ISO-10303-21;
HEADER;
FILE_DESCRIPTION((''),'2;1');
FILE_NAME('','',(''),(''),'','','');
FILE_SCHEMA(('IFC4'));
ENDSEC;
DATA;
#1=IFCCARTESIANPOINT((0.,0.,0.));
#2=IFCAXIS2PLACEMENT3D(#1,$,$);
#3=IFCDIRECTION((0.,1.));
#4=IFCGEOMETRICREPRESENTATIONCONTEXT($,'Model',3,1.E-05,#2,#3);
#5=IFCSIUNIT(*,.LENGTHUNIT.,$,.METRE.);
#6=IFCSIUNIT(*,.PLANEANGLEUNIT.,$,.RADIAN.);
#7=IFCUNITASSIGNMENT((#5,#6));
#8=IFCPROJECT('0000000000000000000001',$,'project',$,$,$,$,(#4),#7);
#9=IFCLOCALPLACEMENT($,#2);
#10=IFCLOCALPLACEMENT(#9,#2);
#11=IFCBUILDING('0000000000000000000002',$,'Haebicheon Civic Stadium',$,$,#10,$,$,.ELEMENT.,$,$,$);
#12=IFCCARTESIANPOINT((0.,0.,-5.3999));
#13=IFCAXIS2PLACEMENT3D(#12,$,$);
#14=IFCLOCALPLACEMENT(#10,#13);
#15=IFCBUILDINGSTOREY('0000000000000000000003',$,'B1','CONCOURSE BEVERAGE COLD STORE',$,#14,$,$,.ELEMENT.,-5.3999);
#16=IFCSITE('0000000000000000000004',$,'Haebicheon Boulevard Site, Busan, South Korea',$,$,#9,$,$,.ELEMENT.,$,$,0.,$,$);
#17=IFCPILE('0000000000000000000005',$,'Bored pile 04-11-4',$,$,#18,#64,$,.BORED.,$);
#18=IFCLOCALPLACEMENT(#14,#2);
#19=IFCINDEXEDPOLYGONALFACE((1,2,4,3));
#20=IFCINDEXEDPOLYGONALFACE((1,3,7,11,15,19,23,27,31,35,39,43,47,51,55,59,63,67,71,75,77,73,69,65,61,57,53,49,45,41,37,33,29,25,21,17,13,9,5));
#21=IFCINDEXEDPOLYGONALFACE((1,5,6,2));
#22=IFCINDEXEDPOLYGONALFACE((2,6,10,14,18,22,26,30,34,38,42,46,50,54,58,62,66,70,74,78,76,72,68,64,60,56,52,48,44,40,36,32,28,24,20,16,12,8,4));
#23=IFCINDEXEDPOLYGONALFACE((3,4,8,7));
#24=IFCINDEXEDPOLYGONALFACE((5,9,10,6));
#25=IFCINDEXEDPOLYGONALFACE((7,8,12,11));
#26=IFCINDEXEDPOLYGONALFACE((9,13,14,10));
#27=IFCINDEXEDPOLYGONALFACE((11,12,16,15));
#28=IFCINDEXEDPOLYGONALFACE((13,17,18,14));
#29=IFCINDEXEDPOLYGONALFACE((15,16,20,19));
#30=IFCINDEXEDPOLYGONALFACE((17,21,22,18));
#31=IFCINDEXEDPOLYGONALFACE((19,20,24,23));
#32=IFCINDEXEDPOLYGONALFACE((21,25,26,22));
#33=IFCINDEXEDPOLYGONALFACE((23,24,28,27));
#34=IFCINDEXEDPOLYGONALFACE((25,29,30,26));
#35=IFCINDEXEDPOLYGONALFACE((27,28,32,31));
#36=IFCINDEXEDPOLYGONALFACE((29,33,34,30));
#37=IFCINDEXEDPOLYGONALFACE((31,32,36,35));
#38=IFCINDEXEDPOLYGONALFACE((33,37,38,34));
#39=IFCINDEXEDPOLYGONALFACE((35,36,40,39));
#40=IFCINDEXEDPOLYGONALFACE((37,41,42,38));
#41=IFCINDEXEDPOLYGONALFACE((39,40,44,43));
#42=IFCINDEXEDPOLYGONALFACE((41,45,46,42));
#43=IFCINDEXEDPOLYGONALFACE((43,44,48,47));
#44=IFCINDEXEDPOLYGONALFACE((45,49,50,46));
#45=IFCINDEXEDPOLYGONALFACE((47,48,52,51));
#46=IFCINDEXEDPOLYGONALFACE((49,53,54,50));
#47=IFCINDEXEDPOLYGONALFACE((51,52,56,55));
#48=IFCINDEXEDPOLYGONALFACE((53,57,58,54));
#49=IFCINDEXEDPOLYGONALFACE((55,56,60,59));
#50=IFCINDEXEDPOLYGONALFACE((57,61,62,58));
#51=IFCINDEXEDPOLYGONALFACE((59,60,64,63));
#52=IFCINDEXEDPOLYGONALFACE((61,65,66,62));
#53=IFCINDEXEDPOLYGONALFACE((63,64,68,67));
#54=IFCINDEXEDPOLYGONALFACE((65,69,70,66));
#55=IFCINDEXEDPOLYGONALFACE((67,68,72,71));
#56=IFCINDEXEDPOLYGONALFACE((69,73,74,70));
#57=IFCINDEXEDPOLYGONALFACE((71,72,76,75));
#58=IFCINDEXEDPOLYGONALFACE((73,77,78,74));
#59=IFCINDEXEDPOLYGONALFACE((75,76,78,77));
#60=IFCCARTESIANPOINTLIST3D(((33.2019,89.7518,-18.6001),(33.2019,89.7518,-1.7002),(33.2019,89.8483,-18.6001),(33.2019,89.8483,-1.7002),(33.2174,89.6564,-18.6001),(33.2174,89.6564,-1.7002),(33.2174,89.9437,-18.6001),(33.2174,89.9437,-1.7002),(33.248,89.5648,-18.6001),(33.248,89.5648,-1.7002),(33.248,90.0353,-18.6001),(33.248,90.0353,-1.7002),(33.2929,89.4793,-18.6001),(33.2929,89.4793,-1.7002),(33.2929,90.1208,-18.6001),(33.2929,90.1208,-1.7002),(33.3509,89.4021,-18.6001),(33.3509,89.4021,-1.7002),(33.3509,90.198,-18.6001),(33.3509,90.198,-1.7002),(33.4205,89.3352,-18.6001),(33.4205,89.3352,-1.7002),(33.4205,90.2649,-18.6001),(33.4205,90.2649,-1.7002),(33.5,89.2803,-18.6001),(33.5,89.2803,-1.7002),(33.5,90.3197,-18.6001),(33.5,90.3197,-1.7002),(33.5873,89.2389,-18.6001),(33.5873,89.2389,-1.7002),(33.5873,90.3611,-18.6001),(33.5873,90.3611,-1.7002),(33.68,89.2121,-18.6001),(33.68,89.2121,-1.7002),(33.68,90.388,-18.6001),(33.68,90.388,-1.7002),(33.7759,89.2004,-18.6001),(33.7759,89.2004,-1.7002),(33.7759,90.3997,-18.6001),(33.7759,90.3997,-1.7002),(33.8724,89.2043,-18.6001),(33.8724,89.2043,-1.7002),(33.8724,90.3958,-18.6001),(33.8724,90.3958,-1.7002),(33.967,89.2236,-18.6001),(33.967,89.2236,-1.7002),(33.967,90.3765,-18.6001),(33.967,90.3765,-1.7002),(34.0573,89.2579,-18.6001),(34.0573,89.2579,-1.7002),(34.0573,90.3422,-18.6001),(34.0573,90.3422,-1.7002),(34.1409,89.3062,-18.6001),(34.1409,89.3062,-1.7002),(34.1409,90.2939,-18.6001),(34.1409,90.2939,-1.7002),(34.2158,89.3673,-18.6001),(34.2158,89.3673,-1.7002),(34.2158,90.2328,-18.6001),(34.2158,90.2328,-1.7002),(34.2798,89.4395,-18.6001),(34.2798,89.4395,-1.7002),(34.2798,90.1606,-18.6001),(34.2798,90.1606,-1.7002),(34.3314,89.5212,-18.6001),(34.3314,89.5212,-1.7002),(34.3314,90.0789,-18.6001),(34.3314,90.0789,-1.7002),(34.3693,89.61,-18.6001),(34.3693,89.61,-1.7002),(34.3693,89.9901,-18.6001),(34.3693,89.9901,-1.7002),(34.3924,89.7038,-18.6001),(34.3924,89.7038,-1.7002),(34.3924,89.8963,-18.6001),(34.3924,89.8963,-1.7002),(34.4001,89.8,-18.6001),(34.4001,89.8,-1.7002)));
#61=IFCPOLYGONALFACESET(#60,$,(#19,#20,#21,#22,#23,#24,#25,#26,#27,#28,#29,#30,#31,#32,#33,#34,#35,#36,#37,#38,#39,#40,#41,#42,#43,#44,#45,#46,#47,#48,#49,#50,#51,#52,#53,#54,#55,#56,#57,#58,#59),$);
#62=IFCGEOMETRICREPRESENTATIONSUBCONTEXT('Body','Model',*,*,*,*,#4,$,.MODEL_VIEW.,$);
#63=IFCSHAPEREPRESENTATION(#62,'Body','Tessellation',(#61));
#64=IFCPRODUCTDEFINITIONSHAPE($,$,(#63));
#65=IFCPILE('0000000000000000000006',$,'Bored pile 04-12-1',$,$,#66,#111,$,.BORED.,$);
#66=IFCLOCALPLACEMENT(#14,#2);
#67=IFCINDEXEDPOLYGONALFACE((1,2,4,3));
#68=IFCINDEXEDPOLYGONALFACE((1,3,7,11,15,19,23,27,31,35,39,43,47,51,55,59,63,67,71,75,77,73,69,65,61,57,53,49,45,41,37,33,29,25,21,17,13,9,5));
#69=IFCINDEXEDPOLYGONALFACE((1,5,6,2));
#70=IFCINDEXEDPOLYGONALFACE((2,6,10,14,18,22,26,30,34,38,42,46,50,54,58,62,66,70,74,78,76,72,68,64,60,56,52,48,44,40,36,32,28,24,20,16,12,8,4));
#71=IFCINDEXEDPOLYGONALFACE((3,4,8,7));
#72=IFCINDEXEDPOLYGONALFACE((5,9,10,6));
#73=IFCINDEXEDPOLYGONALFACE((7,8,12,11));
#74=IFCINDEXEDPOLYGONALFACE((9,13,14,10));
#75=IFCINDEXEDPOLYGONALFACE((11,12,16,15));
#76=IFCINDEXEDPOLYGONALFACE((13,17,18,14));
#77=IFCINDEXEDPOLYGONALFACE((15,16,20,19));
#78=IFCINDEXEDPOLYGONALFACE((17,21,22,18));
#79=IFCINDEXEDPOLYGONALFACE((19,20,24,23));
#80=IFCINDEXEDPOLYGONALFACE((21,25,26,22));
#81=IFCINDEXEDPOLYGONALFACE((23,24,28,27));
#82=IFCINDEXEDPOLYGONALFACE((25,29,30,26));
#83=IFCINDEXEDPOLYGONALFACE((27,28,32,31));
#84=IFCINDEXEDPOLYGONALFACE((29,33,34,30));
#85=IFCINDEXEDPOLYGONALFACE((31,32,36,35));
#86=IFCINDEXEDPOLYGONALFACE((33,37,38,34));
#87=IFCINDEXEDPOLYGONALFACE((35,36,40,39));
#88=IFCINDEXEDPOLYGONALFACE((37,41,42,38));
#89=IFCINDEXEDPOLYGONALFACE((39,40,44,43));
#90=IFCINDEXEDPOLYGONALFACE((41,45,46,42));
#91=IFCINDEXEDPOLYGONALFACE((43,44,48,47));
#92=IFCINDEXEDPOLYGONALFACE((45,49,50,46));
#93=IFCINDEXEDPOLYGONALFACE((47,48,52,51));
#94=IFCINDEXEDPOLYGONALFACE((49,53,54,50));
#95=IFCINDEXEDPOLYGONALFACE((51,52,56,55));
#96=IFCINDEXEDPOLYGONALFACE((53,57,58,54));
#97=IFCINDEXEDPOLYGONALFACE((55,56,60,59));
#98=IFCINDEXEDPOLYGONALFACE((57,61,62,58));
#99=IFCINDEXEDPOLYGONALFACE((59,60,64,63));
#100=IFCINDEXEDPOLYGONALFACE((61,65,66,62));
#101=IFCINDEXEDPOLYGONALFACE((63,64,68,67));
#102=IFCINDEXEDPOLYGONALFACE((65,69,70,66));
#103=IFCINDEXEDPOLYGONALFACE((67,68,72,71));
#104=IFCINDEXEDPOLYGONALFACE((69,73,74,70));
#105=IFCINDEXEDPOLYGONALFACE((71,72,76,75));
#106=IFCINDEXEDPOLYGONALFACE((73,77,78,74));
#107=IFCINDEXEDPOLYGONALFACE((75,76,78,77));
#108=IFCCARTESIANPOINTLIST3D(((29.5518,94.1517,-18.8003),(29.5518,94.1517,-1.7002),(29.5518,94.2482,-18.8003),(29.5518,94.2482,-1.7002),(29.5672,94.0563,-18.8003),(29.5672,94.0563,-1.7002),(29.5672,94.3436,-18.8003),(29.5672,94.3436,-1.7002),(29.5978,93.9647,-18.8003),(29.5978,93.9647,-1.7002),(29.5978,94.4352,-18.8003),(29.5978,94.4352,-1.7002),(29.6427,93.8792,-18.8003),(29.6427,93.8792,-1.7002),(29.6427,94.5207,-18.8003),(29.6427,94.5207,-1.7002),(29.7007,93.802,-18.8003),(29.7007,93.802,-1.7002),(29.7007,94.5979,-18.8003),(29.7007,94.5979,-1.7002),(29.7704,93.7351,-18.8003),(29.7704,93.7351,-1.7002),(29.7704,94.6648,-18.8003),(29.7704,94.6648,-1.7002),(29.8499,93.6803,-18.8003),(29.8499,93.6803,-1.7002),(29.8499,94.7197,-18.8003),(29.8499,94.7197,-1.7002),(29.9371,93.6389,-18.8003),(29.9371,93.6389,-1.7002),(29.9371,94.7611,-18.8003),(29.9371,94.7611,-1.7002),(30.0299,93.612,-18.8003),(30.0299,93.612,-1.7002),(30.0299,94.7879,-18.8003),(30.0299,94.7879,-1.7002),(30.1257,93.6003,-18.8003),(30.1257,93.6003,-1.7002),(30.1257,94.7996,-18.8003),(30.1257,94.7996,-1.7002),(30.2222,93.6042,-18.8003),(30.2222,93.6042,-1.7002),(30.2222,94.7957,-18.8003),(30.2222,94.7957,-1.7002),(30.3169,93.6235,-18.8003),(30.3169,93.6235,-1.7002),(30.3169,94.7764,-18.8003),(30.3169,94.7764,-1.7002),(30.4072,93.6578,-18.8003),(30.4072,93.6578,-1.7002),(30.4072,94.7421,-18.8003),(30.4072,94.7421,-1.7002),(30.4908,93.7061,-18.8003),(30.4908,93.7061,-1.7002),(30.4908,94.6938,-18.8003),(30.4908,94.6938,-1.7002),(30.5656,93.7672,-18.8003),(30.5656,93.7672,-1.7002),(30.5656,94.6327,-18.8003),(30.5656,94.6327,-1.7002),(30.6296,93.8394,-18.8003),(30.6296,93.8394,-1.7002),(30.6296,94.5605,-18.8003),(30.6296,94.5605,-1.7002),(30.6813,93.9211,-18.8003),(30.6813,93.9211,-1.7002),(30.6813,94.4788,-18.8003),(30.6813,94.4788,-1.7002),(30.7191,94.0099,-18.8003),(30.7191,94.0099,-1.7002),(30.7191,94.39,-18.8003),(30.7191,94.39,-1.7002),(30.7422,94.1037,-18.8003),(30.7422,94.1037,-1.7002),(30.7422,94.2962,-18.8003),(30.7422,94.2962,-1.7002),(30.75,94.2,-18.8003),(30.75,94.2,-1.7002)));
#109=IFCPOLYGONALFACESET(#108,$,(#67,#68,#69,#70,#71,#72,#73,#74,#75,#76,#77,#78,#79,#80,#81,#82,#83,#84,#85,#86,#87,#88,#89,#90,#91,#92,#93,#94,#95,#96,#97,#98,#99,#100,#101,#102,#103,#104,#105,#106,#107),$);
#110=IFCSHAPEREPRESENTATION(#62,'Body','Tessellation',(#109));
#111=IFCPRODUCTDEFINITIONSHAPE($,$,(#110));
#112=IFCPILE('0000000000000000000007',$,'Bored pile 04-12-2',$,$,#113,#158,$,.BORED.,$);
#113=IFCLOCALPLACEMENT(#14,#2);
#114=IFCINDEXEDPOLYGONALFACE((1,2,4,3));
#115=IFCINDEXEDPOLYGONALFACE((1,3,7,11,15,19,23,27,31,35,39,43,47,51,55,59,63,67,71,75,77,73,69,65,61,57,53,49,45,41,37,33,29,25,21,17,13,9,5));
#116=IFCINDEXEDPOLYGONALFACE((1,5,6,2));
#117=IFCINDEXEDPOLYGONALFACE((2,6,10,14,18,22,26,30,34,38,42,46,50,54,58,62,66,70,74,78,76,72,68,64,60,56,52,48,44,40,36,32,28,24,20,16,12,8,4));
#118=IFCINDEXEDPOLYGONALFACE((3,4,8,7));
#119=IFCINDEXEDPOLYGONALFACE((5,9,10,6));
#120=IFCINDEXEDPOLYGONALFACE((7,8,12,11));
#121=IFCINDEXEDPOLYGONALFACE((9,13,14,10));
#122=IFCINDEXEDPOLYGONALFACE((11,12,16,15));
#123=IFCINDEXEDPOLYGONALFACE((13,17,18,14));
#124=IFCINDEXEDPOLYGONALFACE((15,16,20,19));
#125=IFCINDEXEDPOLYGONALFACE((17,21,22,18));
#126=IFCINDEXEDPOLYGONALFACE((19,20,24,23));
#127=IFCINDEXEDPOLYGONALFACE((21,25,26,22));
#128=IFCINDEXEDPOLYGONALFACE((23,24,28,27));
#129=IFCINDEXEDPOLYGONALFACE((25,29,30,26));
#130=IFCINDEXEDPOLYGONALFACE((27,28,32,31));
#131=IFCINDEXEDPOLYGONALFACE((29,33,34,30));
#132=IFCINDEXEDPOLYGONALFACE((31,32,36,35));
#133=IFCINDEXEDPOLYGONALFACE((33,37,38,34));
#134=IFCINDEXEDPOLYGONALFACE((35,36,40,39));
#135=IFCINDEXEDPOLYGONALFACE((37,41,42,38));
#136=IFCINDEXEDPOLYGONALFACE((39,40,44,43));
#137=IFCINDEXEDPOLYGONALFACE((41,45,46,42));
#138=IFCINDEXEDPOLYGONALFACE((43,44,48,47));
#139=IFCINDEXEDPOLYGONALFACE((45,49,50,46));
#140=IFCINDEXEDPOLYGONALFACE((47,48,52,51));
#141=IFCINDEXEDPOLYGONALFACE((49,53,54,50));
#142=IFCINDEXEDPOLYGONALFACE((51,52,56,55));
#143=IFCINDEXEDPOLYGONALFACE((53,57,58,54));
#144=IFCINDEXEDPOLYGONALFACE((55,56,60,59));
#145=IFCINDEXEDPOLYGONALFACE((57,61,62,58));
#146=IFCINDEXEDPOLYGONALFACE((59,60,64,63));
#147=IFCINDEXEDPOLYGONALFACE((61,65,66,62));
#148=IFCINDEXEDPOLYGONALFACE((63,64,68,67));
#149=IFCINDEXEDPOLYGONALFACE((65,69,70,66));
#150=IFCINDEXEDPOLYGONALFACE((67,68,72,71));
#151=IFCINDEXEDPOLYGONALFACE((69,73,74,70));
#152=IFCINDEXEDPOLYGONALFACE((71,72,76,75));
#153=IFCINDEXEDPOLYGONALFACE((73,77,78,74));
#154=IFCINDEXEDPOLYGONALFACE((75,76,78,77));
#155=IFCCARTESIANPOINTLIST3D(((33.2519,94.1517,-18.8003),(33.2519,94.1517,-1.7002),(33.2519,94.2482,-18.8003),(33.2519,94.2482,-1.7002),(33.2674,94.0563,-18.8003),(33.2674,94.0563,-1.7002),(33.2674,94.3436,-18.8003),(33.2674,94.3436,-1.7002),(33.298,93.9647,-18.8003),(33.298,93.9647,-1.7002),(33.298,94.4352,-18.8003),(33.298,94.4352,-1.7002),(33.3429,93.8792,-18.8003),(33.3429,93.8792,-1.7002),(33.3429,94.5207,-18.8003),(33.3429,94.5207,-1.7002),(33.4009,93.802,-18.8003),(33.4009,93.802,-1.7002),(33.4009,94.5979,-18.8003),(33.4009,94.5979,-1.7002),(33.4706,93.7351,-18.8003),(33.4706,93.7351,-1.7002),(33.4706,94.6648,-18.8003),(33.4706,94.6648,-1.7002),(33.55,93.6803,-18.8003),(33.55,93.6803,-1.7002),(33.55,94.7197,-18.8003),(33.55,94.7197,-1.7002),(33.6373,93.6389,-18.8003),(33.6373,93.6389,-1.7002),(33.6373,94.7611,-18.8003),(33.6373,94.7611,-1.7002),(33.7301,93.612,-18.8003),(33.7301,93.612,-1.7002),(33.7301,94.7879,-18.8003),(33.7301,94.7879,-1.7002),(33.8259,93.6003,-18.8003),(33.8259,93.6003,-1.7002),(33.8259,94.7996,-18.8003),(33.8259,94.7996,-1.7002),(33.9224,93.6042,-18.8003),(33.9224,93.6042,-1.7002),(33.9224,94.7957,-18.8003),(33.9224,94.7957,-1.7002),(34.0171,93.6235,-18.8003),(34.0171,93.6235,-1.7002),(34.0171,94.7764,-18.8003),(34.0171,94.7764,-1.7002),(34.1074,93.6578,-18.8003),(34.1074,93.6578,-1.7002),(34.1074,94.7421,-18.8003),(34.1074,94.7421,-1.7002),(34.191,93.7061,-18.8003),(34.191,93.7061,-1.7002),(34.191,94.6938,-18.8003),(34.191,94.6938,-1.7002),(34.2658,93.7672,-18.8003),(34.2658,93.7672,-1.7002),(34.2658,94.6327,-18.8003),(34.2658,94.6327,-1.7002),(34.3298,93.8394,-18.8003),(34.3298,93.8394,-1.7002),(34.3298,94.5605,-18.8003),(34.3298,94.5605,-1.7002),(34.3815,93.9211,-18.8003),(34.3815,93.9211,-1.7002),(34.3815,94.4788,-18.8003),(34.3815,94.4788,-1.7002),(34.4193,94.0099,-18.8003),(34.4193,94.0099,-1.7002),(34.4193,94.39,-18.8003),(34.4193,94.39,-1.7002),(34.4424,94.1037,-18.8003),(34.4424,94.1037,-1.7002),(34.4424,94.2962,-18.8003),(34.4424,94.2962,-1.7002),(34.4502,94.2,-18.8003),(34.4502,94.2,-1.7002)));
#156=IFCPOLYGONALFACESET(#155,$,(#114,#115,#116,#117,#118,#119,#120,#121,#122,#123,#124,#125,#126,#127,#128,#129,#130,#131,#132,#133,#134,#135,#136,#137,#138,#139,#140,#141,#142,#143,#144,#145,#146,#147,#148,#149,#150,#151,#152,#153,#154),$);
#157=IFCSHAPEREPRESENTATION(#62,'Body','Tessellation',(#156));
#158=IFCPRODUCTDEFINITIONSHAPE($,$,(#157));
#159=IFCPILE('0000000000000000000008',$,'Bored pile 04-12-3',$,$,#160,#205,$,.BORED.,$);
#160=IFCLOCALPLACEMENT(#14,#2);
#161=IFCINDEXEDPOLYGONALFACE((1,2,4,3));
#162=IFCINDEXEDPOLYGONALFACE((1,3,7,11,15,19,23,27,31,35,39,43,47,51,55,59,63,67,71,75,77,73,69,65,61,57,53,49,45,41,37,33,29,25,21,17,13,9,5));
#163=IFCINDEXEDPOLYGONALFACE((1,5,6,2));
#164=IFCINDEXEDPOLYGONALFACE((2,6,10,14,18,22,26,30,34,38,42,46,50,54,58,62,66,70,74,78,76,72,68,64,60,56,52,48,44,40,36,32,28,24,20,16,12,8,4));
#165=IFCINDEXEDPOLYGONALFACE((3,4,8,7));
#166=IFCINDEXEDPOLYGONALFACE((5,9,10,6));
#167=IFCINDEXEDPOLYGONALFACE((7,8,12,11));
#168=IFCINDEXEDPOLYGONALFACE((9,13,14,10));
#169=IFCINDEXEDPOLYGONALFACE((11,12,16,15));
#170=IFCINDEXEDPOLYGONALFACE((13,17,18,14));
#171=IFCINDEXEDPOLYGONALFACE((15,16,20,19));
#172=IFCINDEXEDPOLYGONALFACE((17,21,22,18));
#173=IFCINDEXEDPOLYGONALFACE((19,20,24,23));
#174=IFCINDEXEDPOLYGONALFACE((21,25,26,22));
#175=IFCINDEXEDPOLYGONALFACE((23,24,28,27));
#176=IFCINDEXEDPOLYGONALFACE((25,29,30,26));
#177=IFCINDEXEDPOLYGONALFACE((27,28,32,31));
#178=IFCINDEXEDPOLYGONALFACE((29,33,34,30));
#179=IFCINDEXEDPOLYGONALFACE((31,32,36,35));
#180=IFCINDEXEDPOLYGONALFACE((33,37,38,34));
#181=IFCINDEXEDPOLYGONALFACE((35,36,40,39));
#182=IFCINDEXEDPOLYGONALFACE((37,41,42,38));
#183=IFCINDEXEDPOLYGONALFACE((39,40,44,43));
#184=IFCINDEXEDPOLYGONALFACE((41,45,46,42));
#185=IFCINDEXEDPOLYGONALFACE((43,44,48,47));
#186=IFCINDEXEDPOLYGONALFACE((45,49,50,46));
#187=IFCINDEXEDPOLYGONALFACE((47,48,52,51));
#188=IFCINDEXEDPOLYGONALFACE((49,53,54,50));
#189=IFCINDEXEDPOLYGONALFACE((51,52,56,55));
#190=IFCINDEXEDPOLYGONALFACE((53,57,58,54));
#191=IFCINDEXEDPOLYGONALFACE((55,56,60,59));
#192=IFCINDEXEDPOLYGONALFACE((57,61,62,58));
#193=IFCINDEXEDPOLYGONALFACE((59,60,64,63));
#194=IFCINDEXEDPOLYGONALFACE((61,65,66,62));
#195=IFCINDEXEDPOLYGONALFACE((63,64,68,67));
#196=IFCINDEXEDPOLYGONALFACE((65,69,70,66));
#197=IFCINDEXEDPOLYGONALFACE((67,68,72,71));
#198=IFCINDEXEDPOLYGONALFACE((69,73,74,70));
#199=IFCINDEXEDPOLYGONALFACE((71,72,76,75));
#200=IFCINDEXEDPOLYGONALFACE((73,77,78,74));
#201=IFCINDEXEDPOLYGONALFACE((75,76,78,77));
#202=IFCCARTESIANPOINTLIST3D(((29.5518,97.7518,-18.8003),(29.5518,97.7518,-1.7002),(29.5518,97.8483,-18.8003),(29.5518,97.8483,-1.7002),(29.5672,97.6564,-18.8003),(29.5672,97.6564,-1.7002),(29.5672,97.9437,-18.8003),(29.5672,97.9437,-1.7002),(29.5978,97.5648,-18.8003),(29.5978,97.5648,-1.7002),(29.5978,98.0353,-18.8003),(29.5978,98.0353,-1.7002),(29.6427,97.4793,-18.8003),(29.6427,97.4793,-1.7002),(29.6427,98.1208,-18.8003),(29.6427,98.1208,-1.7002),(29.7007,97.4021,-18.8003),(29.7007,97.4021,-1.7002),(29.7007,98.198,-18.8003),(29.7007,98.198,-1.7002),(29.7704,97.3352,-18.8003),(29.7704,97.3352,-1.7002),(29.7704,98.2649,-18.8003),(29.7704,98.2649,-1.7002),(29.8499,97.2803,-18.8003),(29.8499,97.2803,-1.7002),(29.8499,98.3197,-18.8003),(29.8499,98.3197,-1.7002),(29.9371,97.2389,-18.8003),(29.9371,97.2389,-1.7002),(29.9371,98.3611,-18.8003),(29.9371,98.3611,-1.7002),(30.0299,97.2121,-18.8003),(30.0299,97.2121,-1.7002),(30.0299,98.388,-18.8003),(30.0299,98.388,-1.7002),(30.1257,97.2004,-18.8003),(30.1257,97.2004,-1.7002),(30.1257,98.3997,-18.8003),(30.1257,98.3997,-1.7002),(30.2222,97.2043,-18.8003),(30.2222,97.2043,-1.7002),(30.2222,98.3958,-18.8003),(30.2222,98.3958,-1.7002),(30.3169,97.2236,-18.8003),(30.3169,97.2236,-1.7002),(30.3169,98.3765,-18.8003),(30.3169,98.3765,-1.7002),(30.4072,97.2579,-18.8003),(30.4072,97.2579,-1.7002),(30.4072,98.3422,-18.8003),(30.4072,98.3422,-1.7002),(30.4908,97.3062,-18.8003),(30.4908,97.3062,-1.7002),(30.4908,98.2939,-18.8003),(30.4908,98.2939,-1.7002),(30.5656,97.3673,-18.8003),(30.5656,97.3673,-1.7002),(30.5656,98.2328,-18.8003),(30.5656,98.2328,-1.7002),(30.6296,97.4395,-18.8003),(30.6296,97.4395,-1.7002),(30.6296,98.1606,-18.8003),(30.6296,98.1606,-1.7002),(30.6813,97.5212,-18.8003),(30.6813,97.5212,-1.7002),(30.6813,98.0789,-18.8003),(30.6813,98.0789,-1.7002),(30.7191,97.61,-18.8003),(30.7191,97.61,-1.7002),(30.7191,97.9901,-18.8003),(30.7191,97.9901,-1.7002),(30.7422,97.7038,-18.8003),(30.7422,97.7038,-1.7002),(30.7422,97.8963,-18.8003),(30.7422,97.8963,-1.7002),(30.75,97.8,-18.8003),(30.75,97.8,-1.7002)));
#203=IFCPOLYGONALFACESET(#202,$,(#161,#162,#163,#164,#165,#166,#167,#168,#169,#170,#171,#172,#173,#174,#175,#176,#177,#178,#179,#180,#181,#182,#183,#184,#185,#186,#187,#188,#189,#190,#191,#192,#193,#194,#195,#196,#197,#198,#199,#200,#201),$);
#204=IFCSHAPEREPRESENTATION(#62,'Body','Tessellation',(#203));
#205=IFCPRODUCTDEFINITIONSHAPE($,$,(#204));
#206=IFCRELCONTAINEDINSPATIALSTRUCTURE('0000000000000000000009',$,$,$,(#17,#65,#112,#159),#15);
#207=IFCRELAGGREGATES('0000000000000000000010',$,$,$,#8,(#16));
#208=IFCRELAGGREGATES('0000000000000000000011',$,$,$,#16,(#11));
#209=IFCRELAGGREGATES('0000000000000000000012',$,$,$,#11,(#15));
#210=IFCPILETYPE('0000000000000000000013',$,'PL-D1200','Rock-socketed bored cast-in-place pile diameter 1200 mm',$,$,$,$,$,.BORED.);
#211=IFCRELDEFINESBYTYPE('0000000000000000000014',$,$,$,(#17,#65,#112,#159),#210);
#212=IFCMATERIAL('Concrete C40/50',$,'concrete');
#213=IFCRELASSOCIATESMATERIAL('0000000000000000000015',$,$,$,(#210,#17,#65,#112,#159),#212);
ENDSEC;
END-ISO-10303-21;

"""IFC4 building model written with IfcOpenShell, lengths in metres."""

from ifc_helpers import new_model, si_unit, direction, frame, origin, origin_2d, place, context, subcontext, project, spatial, circle, extrude, material, material_profile, profile_set, type_object, element, save


model = new_model("IFC4")

# Units and contexts
model_context = context("Model", 3, precision=1e-05, world=origin(), true_north=direction((0.0, 1.0)))
body_context = subcontext(model_context, "Body", "Model", "MODEL_VIEW")
ifc_project = project(units=[si_unit("LENGTHUNIT", "METRE"), si_unit("PLANEANGLEUNIT", "RADIAN")], contexts=[model_context])

# Site, building, storey
site_placement = place(None, origin())
site = spatial("IfcSite", under=ifc_project, at=site_placement, Name="Haebicheon Boulevard Site, Busan, South Korea", CompositionType="ELEMENT", RefElevation=0.0)
building_placement = place(site_placement, origin())
building = spatial("IfcBuilding", under=site, at=building_placement, Name="Haebicheon Civic Stadium", CompositionType="ELEMENT")
storey_placement = place(building_placement, frame((0.0, 0.0, -5.3999)))
storey = spatial("IfcBuildingStorey", under=building, at=storey_placement, Name="B1", Description="CONCOURSE BEVERAGE COLD STORE", CompositionType="ELEMENT", Elevation=-5.3999)

# Piles
ifc_material_1 = material(Name="Concrete C40/50", Category="concrete")
ifc_material_profile_1 = material_profile(ifc_material_1, circle(Radius=0.6001, at=origin_2d()), Name="PILE-D1200")
ifc_profile_set_1 = profile_set([ifc_material_profile_1], Name="Concrete C40/50")
pile_type = type_object("IfcPileType", Name="PL-D1200", Description="Rock-socketed bored cast-in-place pile diameter 1200 mm", PredefinedType="BORED", material=ifc_profile_set_1)
pile_1_placement = place(storey_placement, frame((33.8, 89.8, -1.7002), z_axis=(0.0, 0.0, -1.0), x_axis=(1.0, 0.0, 0.0)))
element("IfcPile", 1, at=pile_1_placement, inside=storey, type_object=pile_type, material=ifc_profile_set_1, Name="Bored pile 04-11-4", PredefinedType="BORED", context=body_context, shape_type="SweptSolid", body=[
    extrude(circle(Radius=0.6001, at=origin_2d()), origin(), (0.0, 0.0, 1.0), 16.8999),
])
for number, where, z_axis, x_axis, name in (
    (2, (30.1499, 94.2, -1.7002), (0.0, 0.0, -1.0), (1.0, 0.0, 0.0), "Bored pile 04-12-1"),
    (3, (33.8501, 94.2, -1.7002), (0.0, 0.0, -1.0), (1.0, 0.0, 0.0), "Bored pile 04-12-2"),
    (4, (30.1499, 97.8, -1.7002), (0.0, 0.0, -1.0), (1.0, 0.0, 0.0), "Bored pile 04-12-3"),
):
    element("IfcPile", number, at=place(storey_placement, frame(where, z_axis=z_axis, x_axis=x_axis)), inside=storey, type_object=pile_type, material=ifc_profile_set_1, Name=name, PredefinedType="BORED", context=body_context, shape_type="SweptSolid", body=[
        extrude(circle(Radius=0.6001, at=origin_2d()), origin(), (0.0, 0.0, 1.0), 17.1001),
    ])

save(model, "model.ifc")
